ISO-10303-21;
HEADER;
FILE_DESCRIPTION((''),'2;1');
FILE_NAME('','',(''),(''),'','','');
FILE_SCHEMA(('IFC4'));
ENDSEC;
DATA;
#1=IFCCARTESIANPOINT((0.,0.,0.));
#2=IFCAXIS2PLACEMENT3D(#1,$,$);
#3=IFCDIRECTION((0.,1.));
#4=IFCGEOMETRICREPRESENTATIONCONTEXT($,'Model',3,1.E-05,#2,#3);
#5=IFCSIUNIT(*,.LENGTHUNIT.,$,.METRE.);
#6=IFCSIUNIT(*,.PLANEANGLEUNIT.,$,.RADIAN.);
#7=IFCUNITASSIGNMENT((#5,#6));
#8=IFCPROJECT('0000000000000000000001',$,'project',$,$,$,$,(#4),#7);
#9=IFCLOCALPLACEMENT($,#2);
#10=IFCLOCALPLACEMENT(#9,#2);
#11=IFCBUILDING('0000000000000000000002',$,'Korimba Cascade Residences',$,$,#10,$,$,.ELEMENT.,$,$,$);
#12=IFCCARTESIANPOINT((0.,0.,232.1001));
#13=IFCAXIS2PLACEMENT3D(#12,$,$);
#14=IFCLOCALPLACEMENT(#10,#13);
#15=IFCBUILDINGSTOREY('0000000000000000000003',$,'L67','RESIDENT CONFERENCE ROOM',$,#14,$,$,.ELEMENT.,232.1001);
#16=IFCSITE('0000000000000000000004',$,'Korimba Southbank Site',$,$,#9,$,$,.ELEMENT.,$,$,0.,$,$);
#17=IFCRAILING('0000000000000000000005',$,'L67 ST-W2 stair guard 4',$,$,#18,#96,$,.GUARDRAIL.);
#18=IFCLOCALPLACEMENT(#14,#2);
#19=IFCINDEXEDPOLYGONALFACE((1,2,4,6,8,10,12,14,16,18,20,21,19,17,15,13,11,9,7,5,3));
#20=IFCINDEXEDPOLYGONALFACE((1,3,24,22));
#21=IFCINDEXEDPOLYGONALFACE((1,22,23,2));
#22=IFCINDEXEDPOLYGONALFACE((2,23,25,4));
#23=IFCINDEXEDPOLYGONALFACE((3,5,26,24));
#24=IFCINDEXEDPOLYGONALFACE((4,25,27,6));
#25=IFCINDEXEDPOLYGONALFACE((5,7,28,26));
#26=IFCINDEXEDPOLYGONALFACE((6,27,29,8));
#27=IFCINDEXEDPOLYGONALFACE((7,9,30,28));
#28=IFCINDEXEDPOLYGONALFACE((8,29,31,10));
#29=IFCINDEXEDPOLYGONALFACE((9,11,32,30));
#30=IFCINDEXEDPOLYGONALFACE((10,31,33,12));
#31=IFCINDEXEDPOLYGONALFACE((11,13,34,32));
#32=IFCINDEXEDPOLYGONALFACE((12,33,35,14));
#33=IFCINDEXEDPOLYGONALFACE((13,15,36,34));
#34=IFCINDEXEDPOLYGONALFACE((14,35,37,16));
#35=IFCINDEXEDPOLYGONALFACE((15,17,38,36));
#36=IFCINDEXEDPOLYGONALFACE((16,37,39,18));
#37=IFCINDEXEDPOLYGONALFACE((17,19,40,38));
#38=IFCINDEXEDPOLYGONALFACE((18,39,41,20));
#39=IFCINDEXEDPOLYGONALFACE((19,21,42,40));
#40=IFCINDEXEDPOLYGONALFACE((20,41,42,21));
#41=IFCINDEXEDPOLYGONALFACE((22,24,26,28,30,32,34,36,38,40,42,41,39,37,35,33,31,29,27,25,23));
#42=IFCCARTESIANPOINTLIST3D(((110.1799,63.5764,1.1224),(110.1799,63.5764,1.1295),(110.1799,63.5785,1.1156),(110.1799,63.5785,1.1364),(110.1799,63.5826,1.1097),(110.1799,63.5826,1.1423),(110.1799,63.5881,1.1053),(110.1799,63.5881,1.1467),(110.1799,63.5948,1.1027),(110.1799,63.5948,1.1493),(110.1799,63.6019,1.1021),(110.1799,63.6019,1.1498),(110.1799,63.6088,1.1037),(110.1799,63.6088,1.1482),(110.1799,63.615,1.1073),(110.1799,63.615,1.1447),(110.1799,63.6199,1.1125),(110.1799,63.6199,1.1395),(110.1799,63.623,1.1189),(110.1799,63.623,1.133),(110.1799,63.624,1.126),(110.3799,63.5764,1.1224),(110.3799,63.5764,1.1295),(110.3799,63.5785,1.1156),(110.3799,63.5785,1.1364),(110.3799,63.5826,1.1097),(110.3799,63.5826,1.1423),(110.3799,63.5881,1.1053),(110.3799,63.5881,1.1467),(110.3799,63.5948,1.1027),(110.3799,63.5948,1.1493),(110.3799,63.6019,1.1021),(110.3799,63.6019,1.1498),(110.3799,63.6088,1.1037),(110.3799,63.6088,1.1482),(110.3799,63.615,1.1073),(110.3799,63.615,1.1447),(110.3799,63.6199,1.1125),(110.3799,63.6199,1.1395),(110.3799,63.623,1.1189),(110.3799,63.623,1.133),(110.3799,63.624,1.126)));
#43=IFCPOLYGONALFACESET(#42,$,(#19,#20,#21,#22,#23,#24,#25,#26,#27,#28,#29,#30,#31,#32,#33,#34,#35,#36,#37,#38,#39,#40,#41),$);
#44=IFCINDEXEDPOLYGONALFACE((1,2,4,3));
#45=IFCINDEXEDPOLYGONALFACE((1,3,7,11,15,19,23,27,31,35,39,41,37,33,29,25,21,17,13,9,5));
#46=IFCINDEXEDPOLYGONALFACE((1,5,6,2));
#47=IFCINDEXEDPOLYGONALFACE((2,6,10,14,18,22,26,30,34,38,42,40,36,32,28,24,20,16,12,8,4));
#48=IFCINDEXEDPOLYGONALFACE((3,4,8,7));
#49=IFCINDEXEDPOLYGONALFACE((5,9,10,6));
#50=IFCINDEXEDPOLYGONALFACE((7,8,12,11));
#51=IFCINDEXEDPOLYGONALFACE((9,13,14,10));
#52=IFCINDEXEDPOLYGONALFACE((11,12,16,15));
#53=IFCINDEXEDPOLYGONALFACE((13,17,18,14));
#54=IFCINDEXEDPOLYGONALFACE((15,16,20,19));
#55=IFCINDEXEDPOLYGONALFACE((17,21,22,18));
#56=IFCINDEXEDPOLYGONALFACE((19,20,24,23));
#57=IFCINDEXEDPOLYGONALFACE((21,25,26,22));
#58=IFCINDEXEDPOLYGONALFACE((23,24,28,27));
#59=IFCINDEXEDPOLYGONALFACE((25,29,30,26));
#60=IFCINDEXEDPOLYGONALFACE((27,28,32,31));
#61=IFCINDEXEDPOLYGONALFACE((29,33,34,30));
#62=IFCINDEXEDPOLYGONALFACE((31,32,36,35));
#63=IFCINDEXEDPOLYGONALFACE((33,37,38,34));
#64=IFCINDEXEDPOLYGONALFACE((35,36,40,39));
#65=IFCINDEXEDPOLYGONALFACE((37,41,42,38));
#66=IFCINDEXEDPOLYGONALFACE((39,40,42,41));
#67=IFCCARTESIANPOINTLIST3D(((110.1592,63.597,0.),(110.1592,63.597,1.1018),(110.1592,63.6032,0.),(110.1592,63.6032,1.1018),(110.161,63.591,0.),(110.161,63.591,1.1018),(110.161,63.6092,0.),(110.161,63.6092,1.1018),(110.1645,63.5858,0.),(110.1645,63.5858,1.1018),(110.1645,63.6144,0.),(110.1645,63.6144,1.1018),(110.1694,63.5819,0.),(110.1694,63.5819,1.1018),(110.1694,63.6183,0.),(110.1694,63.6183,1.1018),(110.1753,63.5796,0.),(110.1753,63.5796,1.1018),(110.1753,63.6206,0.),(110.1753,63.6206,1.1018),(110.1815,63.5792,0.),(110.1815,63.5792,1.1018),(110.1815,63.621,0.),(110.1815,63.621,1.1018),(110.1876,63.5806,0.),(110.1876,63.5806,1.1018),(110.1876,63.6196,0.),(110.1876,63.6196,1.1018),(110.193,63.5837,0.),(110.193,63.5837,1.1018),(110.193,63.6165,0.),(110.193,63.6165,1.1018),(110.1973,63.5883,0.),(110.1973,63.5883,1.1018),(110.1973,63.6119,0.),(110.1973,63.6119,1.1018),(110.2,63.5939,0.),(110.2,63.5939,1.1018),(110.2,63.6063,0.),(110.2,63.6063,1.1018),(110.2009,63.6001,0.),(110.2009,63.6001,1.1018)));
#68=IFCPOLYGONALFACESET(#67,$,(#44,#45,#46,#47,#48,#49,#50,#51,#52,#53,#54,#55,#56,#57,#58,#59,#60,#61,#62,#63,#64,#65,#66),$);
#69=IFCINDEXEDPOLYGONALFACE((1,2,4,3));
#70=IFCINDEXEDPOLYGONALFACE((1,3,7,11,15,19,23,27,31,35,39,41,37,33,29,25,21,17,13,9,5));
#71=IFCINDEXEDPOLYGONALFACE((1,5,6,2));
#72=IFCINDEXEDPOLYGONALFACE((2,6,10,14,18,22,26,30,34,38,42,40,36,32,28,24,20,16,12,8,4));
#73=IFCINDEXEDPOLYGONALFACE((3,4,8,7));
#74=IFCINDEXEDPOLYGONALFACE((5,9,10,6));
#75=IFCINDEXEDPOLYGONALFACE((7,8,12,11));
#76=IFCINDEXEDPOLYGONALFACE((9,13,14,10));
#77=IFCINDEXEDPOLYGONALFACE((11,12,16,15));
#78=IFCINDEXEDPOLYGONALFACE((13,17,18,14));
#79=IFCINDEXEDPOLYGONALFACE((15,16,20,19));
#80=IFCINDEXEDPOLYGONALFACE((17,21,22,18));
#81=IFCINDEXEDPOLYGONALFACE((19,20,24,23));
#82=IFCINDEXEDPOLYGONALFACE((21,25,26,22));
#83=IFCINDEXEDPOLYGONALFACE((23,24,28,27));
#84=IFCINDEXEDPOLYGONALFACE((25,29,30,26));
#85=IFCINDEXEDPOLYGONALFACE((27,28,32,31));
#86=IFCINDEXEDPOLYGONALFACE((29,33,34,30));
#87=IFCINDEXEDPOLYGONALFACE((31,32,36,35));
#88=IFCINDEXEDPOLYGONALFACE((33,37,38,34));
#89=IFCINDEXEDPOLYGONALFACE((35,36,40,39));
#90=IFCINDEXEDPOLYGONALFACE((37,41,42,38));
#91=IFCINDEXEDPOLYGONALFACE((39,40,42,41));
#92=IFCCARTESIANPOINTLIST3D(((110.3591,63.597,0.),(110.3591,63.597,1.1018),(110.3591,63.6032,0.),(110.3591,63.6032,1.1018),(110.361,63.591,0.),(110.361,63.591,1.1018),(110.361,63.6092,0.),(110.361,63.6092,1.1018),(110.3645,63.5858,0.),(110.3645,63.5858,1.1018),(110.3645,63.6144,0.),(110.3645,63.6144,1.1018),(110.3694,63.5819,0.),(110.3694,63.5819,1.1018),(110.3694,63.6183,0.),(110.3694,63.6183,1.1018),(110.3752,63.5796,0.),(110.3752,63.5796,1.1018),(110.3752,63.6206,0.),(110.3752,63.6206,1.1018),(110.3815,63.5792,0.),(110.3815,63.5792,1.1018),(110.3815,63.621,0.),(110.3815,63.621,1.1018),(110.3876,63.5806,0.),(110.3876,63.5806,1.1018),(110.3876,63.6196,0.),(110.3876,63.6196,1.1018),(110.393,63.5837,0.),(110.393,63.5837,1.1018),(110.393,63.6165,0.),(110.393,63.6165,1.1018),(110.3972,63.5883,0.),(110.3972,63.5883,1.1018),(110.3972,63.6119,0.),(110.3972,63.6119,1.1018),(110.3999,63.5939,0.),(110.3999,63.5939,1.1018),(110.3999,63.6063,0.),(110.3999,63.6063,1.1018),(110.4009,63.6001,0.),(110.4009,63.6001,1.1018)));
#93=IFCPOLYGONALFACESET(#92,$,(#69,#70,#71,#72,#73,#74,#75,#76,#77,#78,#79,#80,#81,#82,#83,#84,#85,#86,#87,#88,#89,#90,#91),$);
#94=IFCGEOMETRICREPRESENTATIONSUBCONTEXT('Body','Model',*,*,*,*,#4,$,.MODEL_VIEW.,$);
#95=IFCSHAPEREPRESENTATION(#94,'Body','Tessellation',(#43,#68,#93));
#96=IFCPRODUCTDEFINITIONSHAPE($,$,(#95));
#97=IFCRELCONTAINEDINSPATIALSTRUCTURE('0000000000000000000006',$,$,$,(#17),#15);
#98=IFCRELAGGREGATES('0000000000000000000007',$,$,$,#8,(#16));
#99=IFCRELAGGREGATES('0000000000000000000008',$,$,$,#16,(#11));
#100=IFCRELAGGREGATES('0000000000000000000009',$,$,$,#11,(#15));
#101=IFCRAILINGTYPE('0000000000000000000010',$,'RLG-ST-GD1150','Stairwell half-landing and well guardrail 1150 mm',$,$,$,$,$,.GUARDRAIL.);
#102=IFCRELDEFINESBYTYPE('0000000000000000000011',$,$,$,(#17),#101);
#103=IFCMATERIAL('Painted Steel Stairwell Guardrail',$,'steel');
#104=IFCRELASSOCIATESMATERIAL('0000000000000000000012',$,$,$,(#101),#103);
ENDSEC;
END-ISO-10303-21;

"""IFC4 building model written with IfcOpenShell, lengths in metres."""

from ifc_helpers import new_model, si_unit, direction, frame, origin, origin_2d, place, context, subcontext, project, spatial, circle, extrude, material, type_object, element, save


model = new_model("IFC4")

# Units and contexts
model_context = context("Model", 3, precision=1e-05, world=origin(), true_north=direction((0.0, 1.0)))
body_context = subcontext(model_context, "Body", "Model", "MODEL_VIEW")
ifc_project = project(units=[si_unit("LENGTHUNIT", "METRE"), si_unit("PLANEANGLEUNIT", "RADIAN")], contexts=[model_context])

# Site, building, storey
site_placement = place(None, origin())
site = spatial("IfcSite", under=ifc_project, at=site_placement, Name="Korimba Southbank Site", CompositionType="ELEMENT", RefElevation=0.0)
building_placement = place(site_placement, origin())
building = spatial("IfcBuilding", under=site, at=building_placement, Name="Korimba Cascade Residences", CompositionType="ELEMENT")
storey_placement = place(building_placement, frame((0.0, 0.0, 232.1001)))
storey = spatial("IfcBuildingStorey", under=building, at=storey_placement, Name="L67", Description="RESIDENT CONFERENCE ROOM", CompositionType="ELEMENT", Elevation=232.1001)

# Railing
ifc_material_1 = material(Name="Painted Steel Stairwell Guardrail", Category="steel")
railing_type_1 = type_object("IfcRailingType", Name="RLG-ST-GD1150", Description="Stairwell half-landing and well guardrail 1150 mm", PredefinedType="GUARDRAIL", material=ifc_material_1)
railing_1_placement = place(storey_placement, frame((110.1799, 63.6001, 0.0)))
element("IfcRailing", 1, at=railing_1_placement, inside=storey, type_object=railing_type_1, Name="L67 ST-W2 stair guard 4", PredefinedType="GUARDRAIL", context=body_context, shape_type="SweptSolid", body=[
    extrude(circle(Radius=0.0239, at=origin_2d()), frame((0.0, 0.0, 1.126), z_axis=(1.0, 0.0, 0.0), x_axis=(0.0, 1.0, 0.0)), (0.0, 0.0, 1.0), 0.2),
    extrude(circle(Radius=0.021, at=origin_2d()), origin(), (0.0, 0.0, 1.0), 1.1018),
    extrude(circle(Radius=0.021, at=origin_2d()), frame((0.2, 0.0, 0.0)), (0.0, 0.0, 1.0), 1.1018),
])

save(model, "model.ifc")
